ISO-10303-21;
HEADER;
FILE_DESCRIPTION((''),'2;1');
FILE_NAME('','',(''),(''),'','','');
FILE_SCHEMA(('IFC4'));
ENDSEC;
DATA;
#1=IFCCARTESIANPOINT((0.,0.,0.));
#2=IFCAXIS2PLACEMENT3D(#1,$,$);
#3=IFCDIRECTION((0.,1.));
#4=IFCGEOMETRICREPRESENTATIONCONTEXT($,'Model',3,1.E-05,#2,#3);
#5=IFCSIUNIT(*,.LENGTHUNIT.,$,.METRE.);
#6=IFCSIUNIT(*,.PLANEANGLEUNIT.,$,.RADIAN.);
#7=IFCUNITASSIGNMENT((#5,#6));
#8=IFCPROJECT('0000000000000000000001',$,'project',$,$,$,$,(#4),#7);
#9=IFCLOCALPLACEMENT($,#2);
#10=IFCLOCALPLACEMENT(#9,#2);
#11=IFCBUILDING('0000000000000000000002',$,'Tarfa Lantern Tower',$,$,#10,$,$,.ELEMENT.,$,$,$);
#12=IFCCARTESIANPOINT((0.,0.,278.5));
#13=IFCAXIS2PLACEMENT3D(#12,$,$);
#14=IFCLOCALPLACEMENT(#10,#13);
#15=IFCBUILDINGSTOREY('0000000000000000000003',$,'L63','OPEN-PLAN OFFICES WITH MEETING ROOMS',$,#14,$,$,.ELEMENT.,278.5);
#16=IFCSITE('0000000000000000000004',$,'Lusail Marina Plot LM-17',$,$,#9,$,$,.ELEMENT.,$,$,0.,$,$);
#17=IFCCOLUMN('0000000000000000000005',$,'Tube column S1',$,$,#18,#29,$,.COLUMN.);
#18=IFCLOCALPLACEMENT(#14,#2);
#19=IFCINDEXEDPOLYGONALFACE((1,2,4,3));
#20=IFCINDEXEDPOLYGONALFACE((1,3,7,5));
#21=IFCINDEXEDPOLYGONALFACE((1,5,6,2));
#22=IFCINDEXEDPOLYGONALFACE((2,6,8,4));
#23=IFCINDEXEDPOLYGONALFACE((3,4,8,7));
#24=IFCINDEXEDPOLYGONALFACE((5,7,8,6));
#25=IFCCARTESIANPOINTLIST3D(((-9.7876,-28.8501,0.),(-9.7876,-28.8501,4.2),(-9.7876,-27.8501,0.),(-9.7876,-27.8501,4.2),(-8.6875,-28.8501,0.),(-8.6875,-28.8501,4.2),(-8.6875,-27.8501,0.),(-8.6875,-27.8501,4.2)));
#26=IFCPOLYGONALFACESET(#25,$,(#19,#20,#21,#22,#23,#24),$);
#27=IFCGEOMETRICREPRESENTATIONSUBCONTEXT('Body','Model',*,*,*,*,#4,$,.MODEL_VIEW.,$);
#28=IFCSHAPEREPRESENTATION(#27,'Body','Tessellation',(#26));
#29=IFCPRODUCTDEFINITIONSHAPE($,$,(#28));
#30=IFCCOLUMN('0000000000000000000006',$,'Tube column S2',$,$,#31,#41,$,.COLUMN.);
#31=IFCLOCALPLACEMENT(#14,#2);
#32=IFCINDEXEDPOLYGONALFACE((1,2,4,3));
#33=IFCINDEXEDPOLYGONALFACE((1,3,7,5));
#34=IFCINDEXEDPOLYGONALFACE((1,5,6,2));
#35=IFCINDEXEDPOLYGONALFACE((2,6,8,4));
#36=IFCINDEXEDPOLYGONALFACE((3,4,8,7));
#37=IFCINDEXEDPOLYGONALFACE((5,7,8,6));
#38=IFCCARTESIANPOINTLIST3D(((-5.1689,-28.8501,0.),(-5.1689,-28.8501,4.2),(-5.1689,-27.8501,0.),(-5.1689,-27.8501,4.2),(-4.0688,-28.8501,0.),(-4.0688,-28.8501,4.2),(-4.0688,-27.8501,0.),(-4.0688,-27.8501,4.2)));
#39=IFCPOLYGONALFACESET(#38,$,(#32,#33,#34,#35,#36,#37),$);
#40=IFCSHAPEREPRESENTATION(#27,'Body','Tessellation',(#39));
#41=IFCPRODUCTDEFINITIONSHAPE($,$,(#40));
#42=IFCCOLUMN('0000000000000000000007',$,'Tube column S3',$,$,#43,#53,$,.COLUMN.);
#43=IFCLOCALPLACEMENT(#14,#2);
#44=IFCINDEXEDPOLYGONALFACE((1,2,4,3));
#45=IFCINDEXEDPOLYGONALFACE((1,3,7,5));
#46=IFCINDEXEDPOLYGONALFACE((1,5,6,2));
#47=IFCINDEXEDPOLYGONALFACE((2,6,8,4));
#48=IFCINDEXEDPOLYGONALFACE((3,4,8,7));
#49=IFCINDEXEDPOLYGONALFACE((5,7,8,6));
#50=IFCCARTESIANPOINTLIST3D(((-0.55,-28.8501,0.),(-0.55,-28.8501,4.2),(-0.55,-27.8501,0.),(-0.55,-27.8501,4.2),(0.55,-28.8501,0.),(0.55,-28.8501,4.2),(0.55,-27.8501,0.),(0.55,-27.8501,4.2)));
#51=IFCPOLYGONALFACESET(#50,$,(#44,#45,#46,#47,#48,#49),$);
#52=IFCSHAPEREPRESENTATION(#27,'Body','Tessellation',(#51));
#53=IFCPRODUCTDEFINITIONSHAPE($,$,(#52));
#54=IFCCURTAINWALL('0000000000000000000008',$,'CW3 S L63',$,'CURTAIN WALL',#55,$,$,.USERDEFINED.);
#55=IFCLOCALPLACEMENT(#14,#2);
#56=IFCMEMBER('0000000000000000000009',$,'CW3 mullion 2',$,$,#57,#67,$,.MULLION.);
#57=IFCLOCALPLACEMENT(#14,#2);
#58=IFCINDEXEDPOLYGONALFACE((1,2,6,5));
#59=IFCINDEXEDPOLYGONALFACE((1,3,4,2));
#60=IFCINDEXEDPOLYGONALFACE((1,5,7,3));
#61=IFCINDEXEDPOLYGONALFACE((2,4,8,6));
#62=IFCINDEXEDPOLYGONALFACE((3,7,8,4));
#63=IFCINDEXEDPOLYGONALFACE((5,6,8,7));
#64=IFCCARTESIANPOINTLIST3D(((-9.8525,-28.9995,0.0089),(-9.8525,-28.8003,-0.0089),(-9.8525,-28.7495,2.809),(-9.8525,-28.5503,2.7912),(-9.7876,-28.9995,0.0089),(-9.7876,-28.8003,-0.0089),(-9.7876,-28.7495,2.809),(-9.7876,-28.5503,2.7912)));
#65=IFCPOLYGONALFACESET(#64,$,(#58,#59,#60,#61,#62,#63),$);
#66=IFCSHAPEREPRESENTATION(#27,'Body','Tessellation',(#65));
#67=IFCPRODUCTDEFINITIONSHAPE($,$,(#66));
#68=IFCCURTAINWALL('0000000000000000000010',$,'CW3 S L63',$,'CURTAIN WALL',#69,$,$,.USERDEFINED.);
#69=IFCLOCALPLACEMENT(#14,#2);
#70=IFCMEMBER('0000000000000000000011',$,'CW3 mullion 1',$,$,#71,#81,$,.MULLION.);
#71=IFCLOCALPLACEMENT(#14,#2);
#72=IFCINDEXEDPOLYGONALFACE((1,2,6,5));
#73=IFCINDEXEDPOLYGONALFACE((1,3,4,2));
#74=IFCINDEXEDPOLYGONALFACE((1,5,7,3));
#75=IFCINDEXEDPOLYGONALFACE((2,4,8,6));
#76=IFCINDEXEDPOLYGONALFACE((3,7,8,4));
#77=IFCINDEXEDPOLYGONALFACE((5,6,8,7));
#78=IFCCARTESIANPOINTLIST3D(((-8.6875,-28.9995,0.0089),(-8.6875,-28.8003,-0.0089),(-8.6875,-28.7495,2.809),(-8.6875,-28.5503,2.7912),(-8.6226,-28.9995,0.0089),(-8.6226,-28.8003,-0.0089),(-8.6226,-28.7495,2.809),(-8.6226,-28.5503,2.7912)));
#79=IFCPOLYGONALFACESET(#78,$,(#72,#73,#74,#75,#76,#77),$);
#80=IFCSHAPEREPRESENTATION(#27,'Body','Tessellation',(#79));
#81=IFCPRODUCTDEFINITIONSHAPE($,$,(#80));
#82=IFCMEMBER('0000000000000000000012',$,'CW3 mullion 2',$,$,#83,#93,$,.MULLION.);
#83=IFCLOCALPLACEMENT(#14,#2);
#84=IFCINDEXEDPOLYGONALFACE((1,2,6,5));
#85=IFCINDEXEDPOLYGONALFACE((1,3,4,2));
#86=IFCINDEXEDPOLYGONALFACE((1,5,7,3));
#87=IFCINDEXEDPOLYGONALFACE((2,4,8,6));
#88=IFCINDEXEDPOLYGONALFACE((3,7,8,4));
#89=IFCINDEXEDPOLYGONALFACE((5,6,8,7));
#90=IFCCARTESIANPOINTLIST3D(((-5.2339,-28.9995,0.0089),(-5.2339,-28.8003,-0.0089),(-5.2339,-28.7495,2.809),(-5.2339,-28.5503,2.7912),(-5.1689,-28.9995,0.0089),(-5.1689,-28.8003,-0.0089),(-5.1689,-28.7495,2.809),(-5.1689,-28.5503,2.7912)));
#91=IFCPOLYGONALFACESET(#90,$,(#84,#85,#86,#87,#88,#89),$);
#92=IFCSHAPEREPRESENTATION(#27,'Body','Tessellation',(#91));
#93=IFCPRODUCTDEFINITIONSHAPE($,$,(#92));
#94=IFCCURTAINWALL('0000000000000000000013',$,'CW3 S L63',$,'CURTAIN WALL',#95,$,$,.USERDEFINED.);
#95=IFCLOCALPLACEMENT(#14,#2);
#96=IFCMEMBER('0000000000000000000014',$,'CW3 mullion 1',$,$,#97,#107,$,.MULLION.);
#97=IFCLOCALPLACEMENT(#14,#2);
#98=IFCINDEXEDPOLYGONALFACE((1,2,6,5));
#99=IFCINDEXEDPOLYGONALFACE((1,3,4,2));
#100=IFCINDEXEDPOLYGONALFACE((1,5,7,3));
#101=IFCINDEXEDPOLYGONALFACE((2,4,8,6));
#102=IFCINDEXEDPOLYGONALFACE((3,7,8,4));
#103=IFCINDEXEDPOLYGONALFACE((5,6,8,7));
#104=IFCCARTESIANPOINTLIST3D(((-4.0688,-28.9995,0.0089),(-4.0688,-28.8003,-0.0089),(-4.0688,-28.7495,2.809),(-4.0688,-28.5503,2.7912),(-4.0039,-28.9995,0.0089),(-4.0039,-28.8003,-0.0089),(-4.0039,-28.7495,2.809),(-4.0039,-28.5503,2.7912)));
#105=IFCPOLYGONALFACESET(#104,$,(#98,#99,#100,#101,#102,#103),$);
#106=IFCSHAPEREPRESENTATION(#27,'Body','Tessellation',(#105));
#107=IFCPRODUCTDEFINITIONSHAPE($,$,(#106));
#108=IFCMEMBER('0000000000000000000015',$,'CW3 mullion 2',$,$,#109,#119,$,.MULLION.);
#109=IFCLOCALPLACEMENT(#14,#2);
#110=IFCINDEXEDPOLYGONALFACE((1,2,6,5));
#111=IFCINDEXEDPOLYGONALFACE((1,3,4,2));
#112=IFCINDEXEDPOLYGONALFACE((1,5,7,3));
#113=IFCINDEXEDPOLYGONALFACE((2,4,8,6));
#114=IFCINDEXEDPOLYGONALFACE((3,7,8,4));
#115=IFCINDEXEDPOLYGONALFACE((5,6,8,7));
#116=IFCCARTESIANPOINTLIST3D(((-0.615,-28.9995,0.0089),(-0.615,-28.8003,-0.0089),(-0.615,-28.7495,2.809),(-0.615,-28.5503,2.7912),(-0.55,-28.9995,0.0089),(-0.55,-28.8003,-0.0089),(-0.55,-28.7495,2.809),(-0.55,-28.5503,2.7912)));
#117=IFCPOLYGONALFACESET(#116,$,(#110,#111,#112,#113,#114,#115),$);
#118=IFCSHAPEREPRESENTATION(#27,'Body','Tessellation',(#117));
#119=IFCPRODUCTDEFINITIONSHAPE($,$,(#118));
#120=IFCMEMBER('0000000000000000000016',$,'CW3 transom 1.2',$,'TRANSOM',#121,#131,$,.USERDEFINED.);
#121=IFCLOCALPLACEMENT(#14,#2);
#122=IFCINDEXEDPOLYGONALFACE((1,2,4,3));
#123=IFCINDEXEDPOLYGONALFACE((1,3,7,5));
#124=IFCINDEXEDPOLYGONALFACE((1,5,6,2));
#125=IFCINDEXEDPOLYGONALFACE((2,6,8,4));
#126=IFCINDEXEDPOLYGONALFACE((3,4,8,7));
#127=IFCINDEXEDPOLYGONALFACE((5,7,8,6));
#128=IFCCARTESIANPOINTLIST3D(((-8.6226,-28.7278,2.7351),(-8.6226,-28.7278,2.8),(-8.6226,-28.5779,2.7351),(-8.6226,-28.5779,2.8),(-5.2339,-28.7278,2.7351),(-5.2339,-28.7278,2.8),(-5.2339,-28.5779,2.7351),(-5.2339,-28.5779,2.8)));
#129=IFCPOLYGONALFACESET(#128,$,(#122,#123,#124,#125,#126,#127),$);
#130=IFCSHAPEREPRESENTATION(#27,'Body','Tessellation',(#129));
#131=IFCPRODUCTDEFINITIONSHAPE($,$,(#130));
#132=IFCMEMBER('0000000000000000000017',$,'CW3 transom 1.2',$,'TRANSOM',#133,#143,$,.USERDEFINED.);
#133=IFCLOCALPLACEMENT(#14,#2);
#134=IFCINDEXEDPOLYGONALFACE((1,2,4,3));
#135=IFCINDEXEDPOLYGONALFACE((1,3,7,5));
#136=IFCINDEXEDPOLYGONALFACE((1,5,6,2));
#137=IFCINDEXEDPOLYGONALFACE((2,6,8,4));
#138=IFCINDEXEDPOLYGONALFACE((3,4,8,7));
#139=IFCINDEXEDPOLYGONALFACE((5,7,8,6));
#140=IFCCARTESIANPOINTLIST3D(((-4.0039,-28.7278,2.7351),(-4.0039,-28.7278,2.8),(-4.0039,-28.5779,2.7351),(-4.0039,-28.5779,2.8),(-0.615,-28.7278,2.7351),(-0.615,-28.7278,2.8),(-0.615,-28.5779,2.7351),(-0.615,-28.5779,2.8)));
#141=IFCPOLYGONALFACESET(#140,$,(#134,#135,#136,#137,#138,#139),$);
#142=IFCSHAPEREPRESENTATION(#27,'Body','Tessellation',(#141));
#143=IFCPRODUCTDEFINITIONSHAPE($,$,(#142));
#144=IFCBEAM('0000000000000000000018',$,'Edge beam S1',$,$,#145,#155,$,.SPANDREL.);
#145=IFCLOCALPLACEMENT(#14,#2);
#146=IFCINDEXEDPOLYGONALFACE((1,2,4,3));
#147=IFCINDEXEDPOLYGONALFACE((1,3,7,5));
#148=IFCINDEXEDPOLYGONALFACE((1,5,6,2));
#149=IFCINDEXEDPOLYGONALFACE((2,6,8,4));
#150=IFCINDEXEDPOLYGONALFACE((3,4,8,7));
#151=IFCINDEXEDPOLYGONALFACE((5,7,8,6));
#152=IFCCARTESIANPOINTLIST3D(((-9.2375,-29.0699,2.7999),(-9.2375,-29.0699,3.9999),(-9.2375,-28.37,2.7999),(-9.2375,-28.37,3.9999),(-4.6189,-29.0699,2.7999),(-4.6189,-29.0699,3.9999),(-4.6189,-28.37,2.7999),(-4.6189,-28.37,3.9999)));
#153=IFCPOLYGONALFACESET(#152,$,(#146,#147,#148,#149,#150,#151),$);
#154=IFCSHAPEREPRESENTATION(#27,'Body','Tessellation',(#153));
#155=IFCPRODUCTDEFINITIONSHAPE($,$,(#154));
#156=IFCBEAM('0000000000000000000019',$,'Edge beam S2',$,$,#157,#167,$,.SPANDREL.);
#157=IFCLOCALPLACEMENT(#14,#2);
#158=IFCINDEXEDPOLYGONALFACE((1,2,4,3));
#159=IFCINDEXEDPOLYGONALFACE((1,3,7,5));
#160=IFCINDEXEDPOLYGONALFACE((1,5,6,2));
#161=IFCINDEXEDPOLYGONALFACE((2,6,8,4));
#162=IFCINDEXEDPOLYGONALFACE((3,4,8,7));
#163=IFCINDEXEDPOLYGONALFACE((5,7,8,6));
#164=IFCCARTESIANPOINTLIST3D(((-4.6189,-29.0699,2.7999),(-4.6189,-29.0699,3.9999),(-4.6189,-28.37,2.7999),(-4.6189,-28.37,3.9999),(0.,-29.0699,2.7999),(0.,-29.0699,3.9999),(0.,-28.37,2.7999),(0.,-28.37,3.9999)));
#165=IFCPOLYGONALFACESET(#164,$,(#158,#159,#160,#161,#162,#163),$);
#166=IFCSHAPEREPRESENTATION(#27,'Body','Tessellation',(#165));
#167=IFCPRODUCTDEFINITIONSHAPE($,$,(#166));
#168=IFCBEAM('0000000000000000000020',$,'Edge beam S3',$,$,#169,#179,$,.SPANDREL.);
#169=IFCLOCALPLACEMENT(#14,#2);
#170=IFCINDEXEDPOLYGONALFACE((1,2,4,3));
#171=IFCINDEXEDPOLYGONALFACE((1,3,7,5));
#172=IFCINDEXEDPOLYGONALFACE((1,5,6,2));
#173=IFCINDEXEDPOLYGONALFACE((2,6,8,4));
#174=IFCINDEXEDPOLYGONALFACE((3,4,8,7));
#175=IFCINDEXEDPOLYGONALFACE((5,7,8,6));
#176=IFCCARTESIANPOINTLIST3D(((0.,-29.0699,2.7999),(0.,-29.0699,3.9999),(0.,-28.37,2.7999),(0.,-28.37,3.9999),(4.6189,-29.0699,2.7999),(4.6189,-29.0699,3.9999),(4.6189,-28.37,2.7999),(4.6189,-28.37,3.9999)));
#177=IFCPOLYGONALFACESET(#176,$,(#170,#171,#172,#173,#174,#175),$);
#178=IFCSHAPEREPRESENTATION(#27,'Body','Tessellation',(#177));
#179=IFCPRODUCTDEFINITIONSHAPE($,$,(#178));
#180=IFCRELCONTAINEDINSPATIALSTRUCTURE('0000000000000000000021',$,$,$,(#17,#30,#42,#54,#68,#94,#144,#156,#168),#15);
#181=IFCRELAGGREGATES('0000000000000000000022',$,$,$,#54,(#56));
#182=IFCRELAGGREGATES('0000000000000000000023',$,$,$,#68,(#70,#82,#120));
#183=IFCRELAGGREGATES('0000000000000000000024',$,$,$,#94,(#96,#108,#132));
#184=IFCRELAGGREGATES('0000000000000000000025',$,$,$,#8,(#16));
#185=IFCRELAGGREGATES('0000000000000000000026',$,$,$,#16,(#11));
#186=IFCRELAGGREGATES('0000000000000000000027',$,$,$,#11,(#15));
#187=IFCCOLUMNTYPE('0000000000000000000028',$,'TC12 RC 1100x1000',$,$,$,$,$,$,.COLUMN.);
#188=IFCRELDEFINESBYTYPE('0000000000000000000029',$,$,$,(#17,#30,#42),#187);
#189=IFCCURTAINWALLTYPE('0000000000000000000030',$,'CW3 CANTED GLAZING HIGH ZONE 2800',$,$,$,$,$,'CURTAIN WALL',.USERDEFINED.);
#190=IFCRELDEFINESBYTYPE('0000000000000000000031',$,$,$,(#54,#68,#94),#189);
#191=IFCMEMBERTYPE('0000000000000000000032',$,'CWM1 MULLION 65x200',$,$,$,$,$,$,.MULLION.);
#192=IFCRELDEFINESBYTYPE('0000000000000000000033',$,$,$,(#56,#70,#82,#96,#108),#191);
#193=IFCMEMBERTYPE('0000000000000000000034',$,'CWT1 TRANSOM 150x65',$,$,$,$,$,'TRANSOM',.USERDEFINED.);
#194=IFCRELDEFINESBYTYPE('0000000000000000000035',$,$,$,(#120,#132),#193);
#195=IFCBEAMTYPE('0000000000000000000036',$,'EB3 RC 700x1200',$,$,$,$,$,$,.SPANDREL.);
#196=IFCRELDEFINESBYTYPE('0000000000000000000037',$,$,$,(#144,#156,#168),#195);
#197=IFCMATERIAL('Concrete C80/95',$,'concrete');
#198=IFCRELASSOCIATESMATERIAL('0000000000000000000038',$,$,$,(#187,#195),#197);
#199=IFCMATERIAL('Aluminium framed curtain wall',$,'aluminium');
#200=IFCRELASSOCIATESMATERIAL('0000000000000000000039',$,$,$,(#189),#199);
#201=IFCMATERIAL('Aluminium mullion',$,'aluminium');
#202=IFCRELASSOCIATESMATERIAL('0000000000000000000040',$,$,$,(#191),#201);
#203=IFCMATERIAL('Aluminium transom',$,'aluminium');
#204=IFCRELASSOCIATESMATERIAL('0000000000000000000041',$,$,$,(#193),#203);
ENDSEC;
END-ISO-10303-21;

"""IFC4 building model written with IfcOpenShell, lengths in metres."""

from ifc_helpers import new_model, si_unit, direction, frame, origin, origin_2d, place, context, subcontext, project, spatial, rectangle, extrude, material, material_profile, profile_set, type_object, element, aggregate, save


model = new_model("IFC4")

# Units and contexts
model_context = context("Model", 3, precision=1e-05, world=origin(), true_north=direction((0.0, 1.0)))
body_context = subcontext(model_context, "Body", "Model", "MODEL_VIEW")
ifc_project = project(units=[si_unit("LENGTHUNIT", "METRE"), si_unit("PLANEANGLEUNIT", "RADIAN")], contexts=[model_context])

# Site, building, storey
site_placement = place(None, origin())
site = spatial("IfcSite", under=ifc_project, at=site_placement, Name="Lusail Marina Plot LM-17", CompositionType="ELEMENT", RefElevation=0.0)
building_placement = place(site_placement, origin())
building = spatial("IfcBuilding", under=site, at=building_placement, Name="Tarfa Lantern Tower", CompositionType="ELEMENT")
storey_placement = place(building_placement, frame((0.0, 0.0, 278.5)))
storey = spatial("IfcBuildingStorey", under=building, at=storey_placement, Name="L63", Description="OPEN-PLAN OFFICES WITH MEETING ROOMS", CompositionType="ELEMENT", Elevation=278.5)

# Columns
ifc_material_1 = material(Name="Concrete C80/95", Category="concrete")
ifc_material_profile_1 = material_profile(ifc_material_1, rectangle(XDim=1.1001, YDim=1.0, at=origin_2d()), Name="RC 1100x1000")
ifc_profile_set_1 = profile_set([ifc_material_profile_1], Name="Concrete C80/95")
column_type = type_object("IfcColumnType", Name="TC12 RC 1100x1000", PredefinedType="COLUMN", material=ifc_profile_set_1)
for number, where, z_axis, x_axis, name in (
    (1, (-9.2375, -28.3501, 0.0), (0.0, 0.0, 1.0), (1.0, 0.0, 0.0), "Tube column S1"),
    (2, (-4.6189, -28.3501, 0.0), (0.0, 0.0, 1.0), (1.0, 0.0, 0.0), "Tube column S2"),
    (3, (0.0, -28.3501, 0.0), (0.0, 0.0, 1.0), (1.0, 0.0, 0.0), "Tube column S3"),
):
    element("IfcColumn", number, at=place(storey_placement, frame(where, z_axis=z_axis, x_axis=x_axis)), inside=storey, type_object=column_type, Name=name, PredefinedType="COLUMN", context=body_context, shape_type="SweptSolid", body=[
        extrude(rectangle(XDim=1.1001, YDim=1.0, at=origin_2d()), origin(), (0.0, 0.0, 1.0), 4.2),
    ])

# Curtain wall, member
ifc_material_2 = material(Name="Aluminium framed curtain wall", Category="aluminium")
curtain_wall_type = type_object("IfcCurtainWallType", Name="CW3 CANTED GLAZING HIGH ZONE 2800", ElementType="CURTAIN WALL", PredefinedType="USERDEFINED", material=ifc_material_2)
curtain_wall_1_placement = place(storey_placement, origin())
curtain_wall_1 = element("IfcCurtainWall", 4, at=curtain_wall_1_placement, inside=storey, type_object=curtain_wall_type, Name="CW3 S L63", ObjectType="CURTAIN WALL", PredefinedType="USERDEFINED")
ifc_material_3 = material(Name="Aluminium mullion", Category="aluminium")
ifc_material_profile_2 = material_profile(ifc_material_3, rectangle(XDim=0.0649, YDim=0.2, at=origin_2d()), Name="AL MULLION 65x200")
ifc_profile_set_2 = profile_set([ifc_material_profile_2], Name="Aluminium mullion")
member_type_1 = type_object("IfcMemberType", Name="CWM1 MULLION 65x200", PredefinedType="MULLION", material=ifc_profile_set_2)
member_1_placement = place(storey_placement, frame((-9.8201, -28.8999, 0.0), z_axis=(0.0, 0.08893, 0.996038), x_axis=(-1.0, 0.0, 0.0)))
member_1 = element("IfcMember", 5, at=member_1_placement, type_object=member_type_1, Name="CW3 mullion 2", PredefinedType="MULLION", context=body_context, shape_type="SweptSolid", body=[
    extrude(rectangle(XDim=0.0649, YDim=0.2, at=origin_2d()), origin(), (0.0, 0.0, 1.0), 2.8113),
])
aggregate(curtain_wall_1, [member_1])

# Curtain walls, members
curtain_wall_2_placement = place(storey_placement, origin())
curtain_wall_2 = element("IfcCurtainWall", 6, at=curtain_wall_2_placement, inside=storey, type_object=curtain_wall_type, Name="CW3 S L63", ObjectType="CURTAIN WALL", PredefinedType="USERDEFINED")
member_2_placement = place(storey_placement, frame((-8.655, -28.8999, 0.0), z_axis=(0.0, 0.08893, 0.996038), x_axis=(-1.0, 0.0, 0.0)))
member_2 = element("IfcMember", 7, at=member_2_placement, type_object=member_type_1, Name="CW3 mullion 1", PredefinedType="MULLION", context=body_context, shape_type="SweptSolid", body=[
    extrude(rectangle(XDim=0.0649, YDim=0.2, at=origin_2d()), origin(), (0.0, 0.0, 1.0), 2.8113),
])
member_3_placement = place(storey_placement, frame((-5.2014, -28.8999, 0.0), z_axis=(0.0, 0.08893, 0.996038), x_axis=(-1.0, 0.0, 0.0)))
member_3 = element("IfcMember", 8, at=member_3_placement, type_object=member_type_1, Name="CW3 mullion 2", PredefinedType="MULLION", context=body_context, shape_type="SweptSolid", body=[
    extrude(rectangle(XDim=0.0649, YDim=0.2, at=origin_2d()), origin(), (0.0, 0.0, 1.0), 2.8113),
])
curtain_wall_3_placement = place(storey_placement, origin())
curtain_wall_3 = element("IfcCurtainWall", 9, at=curtain_wall_3_placement, inside=storey, type_object=curtain_wall_type, Name="CW3 S L63", ObjectType="CURTAIN WALL", PredefinedType="USERDEFINED")
member_4_placement = place(storey_placement, frame((-4.0364, -28.8999, 0.0), z_axis=(0.0, 0.08893, 0.996038), x_axis=(-1.0, 0.0, 0.0)))
member_4 = element("IfcMember", 10, at=member_4_placement, type_object=member_type_1, Name="CW3 mullion 1", PredefinedType="MULLION", context=body_context, shape_type="SweptSolid", body=[
    extrude(rectangle(XDim=0.0649, YDim=0.2, at=origin_2d()), origin(), (0.0, 0.0, 1.0), 2.8113),
])
member_5_placement = place(storey_placement, frame((-0.5825, -28.8999, 0.0), z_axis=(0.0, 0.08893, 0.996038), x_axis=(-1.0, 0.0, 0.0)))
member_5 = element("IfcMember", 11, at=member_5_placement, type_object=member_type_1, Name="CW3 mullion 2", PredefinedType="MULLION", context=body_context, shape_type="SweptSolid", body=[
    extrude(rectangle(XDim=0.0649, YDim=0.2, at=origin_2d()), origin(), (0.0, 0.0, 1.0), 2.8113),
])

# Members
ifc_material_4 = material(Name="Aluminium transom", Category="aluminium")
ifc_material_profile_3 = material_profile(ifc_material_4, rectangle(XDim=0.1499, YDim=0.0649, at=origin_2d()), Name="AL TRANSOM 150x65")
ifc_profile_set_3 = profile_set([ifc_material_profile_3], Name="Aluminium transom")
member_type_2 = type_object("IfcMemberType", Name="CWT1 TRANSOM 150x65", ElementType="TRANSOM", PredefinedType="USERDEFINED", material=ifc_profile_set_3)
member_6_placement = place(storey_placement, frame((-8.6226, -28.6528, 2.7676), z_axis=(1.0, 0.0, 0.0), x_axis=(0.0, 1.0, 0.0)))
member_6 = element("IfcMember", 12, at=member_6_placement, type_object=member_type_2, Name="CW3 transom 1.2", ObjectType="TRANSOM", PredefinedType="USERDEFINED", context=body_context, shape_type="SweptSolid", body=[
    extrude(rectangle(XDim=0.1499, YDim=0.0649, at=origin_2d()), origin(), (0.0, 0.0, 1.0), 3.3887),
])
member_7_placement = place(storey_placement, frame((-4.0039, -28.6528, 2.7676), z_axis=(1.0, 0.0, 0.0), x_axis=(0.0, 1.0, 0.0)))
member_7 = element("IfcMember", 13, at=member_7_placement, type_object=member_type_2, Name="CW3 transom 1.2", ObjectType="TRANSOM", PredefinedType="USERDEFINED", context=body_context, shape_type="SweptSolid", body=[
    extrude(rectangle(XDim=0.1499, YDim=0.0649, at=origin_2d()), origin(), (0.0, 0.0, 1.0), 3.3889),
])

# Beams
ifc_material_profile_4 = material_profile(ifc_material_1, rectangle(XDim=0.7, YDim=1.2, at=origin_2d()), Name="RC 700x1200")
ifc_profile_set_4 = profile_set([ifc_material_profile_4], Name="Concrete C80/95")
beam_type_1 = type_object("IfcBeamType", Name="EB3 RC 700x1200", PredefinedType="SPANDREL", material=ifc_profile_set_4)
beam_placement = place(storey_placement, frame((-9.2375, -28.72, 3.3999), z_axis=(1.0, 0.0, 0.0), x_axis=(0.0, 1.0, 0.0)))
element("IfcBeam", 14, at=beam_placement, inside=storey, type_object=beam_type_1, Name="Edge beam S1", PredefinedType="SPANDREL", context=body_context, shape_type="SweptSolid", body=[
    extrude(rectangle(XDim=0.7, YDim=1.2, at=origin_2d()), origin(), (0.0, 0.0, 1.0), 4.6187),
])
for number, where, z_axis, x_axis, name in (
    (15, (-4.6189, -28.72, 3.3999), (1.0, 0.0, 0.0), (0.0, 1.0, 0.0), "Edge beam S2"),
    (16, (0.0, -28.72, 3.3999), (1.0, 0.0, 0.0), (0.0, 1.0, 0.0), "Edge beam S3"),
):
    element("IfcBeam", number, at=place(storey_placement, frame(where, z_axis=z_axis, x_axis=x_axis)), inside=storey, type_object=beam_type_1, Name=name, PredefinedType="SPANDREL", context=body_context, shape_type="SweptSolid", body=[
        extrude(rectangle(XDim=0.7, YDim=1.2, at=origin_2d()), origin(), (0.0, 0.0, 1.0), 4.6189),
    ])

aggregate(curtain_wall_2, [member_2, member_3, member_6])
aggregate(curtain_wall_3, [member_4, member_5, member_7])

save(model, "model.ifc")
